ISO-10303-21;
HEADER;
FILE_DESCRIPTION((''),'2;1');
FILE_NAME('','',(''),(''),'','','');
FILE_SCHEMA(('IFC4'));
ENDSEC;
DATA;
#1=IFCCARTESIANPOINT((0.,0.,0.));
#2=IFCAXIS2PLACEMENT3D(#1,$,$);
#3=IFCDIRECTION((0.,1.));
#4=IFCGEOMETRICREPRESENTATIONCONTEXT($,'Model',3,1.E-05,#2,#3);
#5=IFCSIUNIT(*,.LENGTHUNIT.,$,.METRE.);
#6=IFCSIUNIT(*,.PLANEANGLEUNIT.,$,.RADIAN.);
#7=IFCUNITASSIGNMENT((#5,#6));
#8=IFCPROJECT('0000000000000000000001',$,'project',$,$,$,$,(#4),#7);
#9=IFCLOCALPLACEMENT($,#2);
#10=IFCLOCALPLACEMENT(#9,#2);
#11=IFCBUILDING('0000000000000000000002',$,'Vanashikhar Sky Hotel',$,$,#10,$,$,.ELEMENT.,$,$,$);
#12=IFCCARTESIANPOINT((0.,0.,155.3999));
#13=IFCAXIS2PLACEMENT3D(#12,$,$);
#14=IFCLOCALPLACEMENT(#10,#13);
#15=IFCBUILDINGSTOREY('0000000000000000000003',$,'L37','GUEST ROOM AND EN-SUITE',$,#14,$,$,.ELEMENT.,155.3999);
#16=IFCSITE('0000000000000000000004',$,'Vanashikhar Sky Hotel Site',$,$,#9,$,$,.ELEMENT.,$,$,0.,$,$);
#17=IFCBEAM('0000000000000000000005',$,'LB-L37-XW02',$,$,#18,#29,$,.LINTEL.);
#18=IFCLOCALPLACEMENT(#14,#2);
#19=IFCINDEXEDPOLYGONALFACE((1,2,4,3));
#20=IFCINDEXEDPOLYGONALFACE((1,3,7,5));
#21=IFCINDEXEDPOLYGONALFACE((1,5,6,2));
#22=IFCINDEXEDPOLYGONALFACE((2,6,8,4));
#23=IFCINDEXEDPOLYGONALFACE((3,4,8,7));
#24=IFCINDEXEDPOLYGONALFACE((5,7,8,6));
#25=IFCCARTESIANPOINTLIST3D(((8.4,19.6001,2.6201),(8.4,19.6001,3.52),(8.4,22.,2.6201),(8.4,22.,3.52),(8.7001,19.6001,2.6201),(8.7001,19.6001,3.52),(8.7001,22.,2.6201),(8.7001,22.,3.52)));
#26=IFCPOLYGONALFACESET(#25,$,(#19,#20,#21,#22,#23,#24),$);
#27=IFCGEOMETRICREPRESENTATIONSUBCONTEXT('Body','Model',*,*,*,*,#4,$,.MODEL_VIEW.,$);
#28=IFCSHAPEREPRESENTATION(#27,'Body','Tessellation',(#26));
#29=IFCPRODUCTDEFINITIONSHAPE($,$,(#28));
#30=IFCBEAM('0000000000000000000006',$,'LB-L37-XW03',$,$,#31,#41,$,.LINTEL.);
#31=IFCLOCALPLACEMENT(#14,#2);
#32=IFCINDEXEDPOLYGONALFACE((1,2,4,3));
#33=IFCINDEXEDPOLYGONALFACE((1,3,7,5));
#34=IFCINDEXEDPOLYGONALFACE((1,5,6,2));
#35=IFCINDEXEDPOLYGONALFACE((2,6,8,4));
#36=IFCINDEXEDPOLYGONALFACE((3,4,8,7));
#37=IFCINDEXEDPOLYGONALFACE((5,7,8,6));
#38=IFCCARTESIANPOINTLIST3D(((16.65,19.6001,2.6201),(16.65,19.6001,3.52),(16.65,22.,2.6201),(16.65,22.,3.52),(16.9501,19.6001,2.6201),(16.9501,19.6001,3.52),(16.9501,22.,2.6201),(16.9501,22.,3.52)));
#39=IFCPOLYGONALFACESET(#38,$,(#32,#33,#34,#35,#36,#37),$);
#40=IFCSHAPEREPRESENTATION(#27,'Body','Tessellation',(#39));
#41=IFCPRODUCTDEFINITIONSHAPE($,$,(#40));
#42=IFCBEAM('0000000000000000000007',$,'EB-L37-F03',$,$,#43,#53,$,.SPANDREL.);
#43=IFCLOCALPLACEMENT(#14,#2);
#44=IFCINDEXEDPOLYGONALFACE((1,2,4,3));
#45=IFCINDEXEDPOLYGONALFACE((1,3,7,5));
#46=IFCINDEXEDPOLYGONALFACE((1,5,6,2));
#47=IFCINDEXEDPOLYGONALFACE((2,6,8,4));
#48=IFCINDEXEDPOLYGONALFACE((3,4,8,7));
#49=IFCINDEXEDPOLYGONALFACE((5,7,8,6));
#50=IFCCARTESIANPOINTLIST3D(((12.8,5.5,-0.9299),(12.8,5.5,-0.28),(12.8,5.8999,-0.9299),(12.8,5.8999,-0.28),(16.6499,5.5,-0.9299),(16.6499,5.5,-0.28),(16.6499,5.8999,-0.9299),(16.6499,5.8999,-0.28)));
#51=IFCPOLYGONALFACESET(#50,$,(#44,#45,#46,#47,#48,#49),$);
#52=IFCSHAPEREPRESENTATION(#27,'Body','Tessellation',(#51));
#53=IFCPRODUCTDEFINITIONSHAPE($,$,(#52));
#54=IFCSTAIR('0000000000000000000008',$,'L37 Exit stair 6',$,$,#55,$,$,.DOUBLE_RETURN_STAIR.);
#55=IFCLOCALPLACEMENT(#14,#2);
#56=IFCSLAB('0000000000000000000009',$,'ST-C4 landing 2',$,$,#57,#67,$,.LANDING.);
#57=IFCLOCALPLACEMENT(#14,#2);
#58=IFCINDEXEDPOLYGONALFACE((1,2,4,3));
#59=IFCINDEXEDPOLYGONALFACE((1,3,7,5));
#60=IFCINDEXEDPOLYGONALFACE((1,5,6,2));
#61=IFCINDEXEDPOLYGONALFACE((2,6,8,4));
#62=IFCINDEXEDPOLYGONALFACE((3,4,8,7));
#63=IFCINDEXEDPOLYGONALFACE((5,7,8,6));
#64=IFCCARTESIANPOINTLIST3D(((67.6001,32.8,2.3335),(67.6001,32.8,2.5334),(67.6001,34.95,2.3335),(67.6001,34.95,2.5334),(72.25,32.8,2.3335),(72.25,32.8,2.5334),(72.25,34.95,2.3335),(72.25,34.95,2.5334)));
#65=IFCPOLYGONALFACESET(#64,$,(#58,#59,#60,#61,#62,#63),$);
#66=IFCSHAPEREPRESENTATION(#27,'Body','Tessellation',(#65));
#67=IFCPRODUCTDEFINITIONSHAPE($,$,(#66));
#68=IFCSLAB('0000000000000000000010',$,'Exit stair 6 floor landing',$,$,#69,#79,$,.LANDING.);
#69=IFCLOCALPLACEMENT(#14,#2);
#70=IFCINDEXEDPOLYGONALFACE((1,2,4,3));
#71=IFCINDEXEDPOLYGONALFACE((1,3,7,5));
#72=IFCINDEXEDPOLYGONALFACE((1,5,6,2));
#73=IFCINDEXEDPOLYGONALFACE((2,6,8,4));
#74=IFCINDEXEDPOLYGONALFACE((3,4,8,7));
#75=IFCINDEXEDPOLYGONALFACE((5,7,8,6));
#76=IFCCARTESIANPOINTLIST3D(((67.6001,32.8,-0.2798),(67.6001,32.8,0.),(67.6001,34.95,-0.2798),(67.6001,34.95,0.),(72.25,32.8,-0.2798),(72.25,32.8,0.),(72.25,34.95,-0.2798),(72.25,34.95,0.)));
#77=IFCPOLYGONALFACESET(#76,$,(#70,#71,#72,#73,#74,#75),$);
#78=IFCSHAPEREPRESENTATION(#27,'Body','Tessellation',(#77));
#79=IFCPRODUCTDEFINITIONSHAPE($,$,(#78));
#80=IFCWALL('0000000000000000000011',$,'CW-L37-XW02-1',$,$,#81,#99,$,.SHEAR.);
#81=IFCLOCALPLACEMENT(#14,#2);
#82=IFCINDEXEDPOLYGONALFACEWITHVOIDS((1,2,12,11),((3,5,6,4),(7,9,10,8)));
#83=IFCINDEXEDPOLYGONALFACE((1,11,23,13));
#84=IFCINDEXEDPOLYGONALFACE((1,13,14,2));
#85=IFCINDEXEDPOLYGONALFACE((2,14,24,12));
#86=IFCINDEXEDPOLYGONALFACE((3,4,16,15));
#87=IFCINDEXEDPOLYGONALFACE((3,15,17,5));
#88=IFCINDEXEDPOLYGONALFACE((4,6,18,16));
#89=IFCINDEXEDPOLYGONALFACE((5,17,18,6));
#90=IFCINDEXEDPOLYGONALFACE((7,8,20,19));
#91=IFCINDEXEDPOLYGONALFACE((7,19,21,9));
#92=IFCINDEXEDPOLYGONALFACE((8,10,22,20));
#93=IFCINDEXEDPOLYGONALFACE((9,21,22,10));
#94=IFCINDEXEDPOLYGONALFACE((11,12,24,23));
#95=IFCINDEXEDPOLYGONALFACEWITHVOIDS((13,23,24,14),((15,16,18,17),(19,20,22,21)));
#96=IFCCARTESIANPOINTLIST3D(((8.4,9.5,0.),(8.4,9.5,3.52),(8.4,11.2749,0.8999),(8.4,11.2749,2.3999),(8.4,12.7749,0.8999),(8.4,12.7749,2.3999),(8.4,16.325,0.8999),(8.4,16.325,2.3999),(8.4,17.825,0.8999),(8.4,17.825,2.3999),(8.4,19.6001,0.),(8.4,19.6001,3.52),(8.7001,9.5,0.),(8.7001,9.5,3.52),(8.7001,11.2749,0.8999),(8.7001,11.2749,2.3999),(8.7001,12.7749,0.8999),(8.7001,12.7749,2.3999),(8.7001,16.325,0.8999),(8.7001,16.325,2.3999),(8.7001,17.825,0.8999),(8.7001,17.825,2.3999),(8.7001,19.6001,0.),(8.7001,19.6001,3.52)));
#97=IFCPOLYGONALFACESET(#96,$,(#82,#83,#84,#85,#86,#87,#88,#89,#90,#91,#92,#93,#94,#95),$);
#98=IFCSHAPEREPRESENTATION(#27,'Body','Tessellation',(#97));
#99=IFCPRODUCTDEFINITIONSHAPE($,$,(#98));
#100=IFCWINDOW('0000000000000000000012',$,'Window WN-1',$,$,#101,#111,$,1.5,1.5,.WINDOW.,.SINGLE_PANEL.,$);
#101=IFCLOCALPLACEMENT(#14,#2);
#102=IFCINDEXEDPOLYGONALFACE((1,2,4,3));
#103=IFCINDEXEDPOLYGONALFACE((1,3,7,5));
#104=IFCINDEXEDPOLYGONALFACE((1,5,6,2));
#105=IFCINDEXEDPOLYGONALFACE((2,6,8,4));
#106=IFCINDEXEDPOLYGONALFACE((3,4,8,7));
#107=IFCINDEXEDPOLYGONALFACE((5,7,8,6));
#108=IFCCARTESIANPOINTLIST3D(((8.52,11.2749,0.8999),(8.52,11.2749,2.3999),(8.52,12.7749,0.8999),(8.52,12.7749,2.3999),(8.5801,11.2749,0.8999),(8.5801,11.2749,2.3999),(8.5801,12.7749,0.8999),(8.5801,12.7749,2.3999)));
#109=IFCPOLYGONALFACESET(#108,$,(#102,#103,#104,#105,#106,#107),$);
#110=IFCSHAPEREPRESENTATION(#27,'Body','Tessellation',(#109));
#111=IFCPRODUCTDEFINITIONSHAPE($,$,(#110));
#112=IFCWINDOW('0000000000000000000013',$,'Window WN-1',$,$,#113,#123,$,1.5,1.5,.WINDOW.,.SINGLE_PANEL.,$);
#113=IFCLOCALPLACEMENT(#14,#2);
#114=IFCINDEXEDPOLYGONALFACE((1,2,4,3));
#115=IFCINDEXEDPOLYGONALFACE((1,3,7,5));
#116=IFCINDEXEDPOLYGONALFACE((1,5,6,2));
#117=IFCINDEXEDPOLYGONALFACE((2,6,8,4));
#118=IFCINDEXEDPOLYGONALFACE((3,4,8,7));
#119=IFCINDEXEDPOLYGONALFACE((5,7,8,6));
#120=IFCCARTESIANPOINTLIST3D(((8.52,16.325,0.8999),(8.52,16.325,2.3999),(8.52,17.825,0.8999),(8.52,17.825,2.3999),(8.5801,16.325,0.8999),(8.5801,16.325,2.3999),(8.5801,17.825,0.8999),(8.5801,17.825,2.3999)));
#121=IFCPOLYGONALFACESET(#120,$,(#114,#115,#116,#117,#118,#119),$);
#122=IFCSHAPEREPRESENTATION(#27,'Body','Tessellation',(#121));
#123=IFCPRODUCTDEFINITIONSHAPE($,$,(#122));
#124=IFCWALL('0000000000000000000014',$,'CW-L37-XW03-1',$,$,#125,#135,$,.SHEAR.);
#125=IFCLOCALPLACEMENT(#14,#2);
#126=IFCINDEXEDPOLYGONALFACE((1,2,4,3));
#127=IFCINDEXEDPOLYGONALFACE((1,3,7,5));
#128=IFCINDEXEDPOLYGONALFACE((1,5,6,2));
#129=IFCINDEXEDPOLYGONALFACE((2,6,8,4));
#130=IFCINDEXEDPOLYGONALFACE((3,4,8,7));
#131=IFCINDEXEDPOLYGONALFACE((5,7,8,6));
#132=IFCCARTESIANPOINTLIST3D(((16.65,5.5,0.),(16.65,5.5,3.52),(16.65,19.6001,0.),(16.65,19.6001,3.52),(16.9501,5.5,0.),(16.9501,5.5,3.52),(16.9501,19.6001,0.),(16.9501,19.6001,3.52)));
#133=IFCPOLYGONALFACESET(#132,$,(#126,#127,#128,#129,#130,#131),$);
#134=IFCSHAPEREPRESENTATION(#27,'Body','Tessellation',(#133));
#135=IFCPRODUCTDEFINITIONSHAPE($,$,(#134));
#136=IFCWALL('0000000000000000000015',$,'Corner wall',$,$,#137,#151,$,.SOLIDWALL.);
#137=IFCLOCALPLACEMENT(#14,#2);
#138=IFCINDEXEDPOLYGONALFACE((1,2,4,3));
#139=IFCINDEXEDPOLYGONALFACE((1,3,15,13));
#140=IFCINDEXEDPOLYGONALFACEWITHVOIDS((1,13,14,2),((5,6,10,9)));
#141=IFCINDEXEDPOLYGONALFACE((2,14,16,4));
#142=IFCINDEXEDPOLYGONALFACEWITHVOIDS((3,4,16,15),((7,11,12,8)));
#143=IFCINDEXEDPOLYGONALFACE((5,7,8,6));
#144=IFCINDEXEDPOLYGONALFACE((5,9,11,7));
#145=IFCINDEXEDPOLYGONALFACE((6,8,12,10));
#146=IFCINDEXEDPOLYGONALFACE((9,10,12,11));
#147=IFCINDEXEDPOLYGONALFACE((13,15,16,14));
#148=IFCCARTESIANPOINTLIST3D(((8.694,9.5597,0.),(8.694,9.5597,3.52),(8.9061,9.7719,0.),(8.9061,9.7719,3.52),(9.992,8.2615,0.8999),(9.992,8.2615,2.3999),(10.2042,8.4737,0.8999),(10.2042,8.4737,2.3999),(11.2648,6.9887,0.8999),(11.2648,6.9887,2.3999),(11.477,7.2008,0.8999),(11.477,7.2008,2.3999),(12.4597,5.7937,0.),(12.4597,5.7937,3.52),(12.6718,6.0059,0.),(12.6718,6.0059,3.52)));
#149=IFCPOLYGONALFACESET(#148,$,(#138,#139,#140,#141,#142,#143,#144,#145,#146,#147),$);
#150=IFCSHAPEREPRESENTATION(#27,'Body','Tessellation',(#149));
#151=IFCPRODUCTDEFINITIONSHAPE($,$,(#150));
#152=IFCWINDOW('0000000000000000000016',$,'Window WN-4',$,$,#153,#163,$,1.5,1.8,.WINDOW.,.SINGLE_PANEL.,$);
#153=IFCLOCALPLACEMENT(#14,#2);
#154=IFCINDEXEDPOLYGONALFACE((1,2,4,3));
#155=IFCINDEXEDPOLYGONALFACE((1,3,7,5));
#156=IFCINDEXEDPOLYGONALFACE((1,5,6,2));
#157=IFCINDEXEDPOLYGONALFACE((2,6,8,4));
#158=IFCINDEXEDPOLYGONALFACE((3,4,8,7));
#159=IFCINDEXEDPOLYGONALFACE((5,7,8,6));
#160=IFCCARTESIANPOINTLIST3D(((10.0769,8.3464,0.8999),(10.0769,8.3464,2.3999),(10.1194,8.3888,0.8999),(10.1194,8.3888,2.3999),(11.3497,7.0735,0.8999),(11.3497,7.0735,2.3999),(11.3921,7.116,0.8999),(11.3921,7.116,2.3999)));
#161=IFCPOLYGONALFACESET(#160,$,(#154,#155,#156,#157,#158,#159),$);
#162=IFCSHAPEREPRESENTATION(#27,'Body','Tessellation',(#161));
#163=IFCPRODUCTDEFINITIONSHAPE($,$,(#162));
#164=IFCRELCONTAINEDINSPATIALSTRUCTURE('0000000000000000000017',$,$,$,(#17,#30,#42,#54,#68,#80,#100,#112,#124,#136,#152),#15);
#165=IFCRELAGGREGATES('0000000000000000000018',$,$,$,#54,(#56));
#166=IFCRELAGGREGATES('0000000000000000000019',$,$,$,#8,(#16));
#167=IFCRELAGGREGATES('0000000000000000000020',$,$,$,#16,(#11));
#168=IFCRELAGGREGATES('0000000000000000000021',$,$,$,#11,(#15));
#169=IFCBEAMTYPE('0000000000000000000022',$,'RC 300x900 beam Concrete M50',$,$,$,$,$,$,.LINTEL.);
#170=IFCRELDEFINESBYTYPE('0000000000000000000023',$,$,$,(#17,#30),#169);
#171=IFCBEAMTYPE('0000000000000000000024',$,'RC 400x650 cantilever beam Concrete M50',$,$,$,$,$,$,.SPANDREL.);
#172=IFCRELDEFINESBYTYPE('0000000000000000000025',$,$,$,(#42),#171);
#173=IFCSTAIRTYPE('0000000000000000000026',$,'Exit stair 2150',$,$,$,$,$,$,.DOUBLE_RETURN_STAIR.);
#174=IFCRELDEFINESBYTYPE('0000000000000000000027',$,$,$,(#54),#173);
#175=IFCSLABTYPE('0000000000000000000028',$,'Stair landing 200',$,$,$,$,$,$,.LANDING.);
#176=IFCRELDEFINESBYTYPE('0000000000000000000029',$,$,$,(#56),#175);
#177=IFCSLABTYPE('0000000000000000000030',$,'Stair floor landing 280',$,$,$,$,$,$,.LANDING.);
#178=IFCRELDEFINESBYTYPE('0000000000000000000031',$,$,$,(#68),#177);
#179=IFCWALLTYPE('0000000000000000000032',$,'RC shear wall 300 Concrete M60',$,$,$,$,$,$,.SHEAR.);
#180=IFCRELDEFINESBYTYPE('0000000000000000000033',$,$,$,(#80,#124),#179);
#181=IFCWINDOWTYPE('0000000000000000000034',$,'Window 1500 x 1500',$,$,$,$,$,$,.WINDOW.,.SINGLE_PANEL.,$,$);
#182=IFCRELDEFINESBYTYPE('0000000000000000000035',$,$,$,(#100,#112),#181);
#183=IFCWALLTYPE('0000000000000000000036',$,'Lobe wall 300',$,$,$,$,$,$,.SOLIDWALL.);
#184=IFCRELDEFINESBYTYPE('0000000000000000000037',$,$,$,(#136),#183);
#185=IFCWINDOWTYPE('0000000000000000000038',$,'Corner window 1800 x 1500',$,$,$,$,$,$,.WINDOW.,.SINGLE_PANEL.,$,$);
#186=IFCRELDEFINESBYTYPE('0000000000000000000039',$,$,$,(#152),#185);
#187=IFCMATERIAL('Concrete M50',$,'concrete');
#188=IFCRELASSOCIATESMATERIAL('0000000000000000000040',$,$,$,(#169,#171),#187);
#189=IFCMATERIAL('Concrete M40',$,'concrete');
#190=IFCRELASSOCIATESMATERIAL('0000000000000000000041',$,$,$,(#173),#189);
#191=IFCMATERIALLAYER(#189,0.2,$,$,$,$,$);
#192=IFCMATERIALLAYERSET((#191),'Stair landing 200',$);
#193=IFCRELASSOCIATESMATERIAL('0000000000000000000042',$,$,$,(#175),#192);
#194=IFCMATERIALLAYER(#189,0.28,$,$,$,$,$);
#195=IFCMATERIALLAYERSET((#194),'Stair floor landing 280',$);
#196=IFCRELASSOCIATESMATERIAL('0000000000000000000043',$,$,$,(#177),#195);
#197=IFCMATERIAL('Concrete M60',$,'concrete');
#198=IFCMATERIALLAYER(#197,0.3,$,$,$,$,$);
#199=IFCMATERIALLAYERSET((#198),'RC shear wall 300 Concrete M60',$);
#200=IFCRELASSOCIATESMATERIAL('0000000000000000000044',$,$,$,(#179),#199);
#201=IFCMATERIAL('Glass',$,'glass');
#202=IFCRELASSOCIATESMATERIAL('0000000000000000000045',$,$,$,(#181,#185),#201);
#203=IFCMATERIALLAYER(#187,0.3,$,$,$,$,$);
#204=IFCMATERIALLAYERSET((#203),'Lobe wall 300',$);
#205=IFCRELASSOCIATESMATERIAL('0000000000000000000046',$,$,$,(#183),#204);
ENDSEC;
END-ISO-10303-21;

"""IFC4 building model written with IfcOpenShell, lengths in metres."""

from ifc_helpers import new_model, si_unit, direction, frame, frame_2d, origin, origin_2d, place, context, subcontext, project, spatial, polyline, rectangle, outline, extrude, source, transform, mapped, material, layer, layer_set, material_profile, profile_set, type_object, element, fill, aggregate, save


model = new_model("IFC4")

# Units and contexts
model_context = context("Model", 3, precision=1e-05, world=origin(), true_north=direction((0.0, 1.0)))
body_context = subcontext(model_context, "Body", "Model", "MODEL_VIEW")
ifc_project = project(units=[si_unit("LENGTHUNIT", "METRE"), si_unit("PLANEANGLEUNIT", "RADIAN")], contexts=[model_context])

# Site, building, storey
site_placement = place(None, origin())
site = spatial("IfcSite", under=ifc_project, at=site_placement, Name="Vanashikhar Sky Hotel Site", CompositionType="ELEMENT", RefElevation=0.0)
building_placement = place(site_placement, origin())
building = spatial("IfcBuilding", under=site, at=building_placement, Name="Vanashikhar Sky Hotel", CompositionType="ELEMENT")
storey_placement = place(building_placement, frame((0.0, 0.0, 155.3999)))
storey = spatial("IfcBuildingStorey", under=building, at=storey_placement, Name="L37", Description="GUEST ROOM AND EN-SUITE", CompositionType="ELEMENT", Elevation=155.3999)

# Beams
ifc_material_1 = material(Name="Concrete M50", Category="concrete")
ifc_material_profile_1 = material_profile(ifc_material_1, rectangle(XDim=0.3, YDim=0.8999, at=origin_2d()))
ifc_profile_set_1 = profile_set([ifc_material_profile_1], Name="RC 300x900 beam Concrete M50")
beam_type_1 = type_object("IfcBeamType", Name="RC 300x900 beam Concrete M50", PredefinedType="LINTEL", material=ifc_profile_set_1)
shared_shape_1 = source(origin(), body_context, "Body", "SweptSolid", [
    extrude(rectangle(XDim=0.3, YDim=0.8999, at=origin_2d()), origin(), (0.0, 0.0, 1.0), 2.3999),
])
for number, where, z_axis, x_axis, name in (
    (1, (8.55, 19.6001, 3.0701), (0.0, 1.0, 0.0), (-1.0, 0.0, 0.0), "LB-L37-XW02"),
    (2, (16.8, 19.6001, 3.0701), (0.0, 1.0, 0.0), (-1.0, 0.0, 0.0), "LB-L37-XW03"),
):
    element("IfcBeam", number, at=place(storey_placement, frame(where, z_axis=z_axis, x_axis=x_axis)), inside=storey, type_object=beam_type_1, Name=name, PredefinedType="LINTEL", context=body_context, shape_type="MappedRepresentation", body=[
        mapped(shared_shape_1, transform((0.0, 0.0, 0.0), scale=1.0)),
    ])
ifc_material_profile_2 = material_profile(ifc_material_1, rectangle(XDim=0.3999, YDim=0.6499, at=origin_2d()))
ifc_profile_set_2 = profile_set([ifc_material_profile_2], Name="RC 400x650 cantilever beam Concrete M50")
beam_type_2 = type_object("IfcBeamType", Name="RC 400x650 cantilever beam Concrete M50", PredefinedType="SPANDREL", material=ifc_profile_set_2)
shared_shape_2 = source(origin(), body_context, "Body", "SweptSolid", [
    extrude(rectangle(XDim=0.3999, YDim=0.6499, at=origin_2d()), origin(), (0.0, 0.0, 1.0), 3.8499),
])
beam_placement = place(storey_placement, frame((12.8, 5.7, -0.605), z_axis=(1.0, 0.0, 0.0), x_axis=(0.0, 1.0, 0.0)))
element("IfcBeam", 3, at=beam_placement, inside=storey, type_object=beam_type_2, Name="EB-L37-F03", PredefinedType="SPANDREL", context=body_context, shape_type="MappedRepresentation", body=[
    mapped(shared_shape_2, transform((0.0, 0.0, 0.0), scale=1.0)),
])

# Stair, slab
ifc_material_2 = material(Name="Concrete M40", Category="concrete")
stair_type = type_object("IfcStairType", Name="Exit stair 2150", PredefinedType="DOUBLE_RETURN_STAIR", material=ifc_material_2)
stair_placement = place(storey_placement, origin())
stair = element("IfcStair", 4, at=stair_placement, inside=storey, type_object=stair_type, Name="L37 Exit stair 6", PredefinedType="DOUBLE_RETURN_STAIR")
ifc_layer_1 = layer(ifc_material_2, 0.2)
ifc_layer_set_1 = layer_set([ifc_layer_1], Name="Stair landing 200")
slab_type_1 = type_object("IfcSlabType", Name="Stair landing 200", PredefinedType="LANDING", material=ifc_layer_set_1)
shared_shape_3 = source(origin(), body_context, "Body", "SweptSolid", [
    extrude(outline(polyline([(72.25, 32.8), (72.25, 34.95), (67.6001, 34.95), (67.6001, 32.8), (72.25, 32.8)])), origin(), (0.0, 0.0, 1.0), 0.2),
])
slab_1_placement = place(storey_placement, frame((0.0, 0.0, 2.3335)))
slab_1 = element("IfcSlab", 5, at=slab_1_placement, type_object=slab_type_1, Name="ST-C4 landing 2", PredefinedType="LANDING", context=body_context, shape_type="MappedRepresentation", body=[
    mapped(shared_shape_3, transform((0.0, 0.0, 0.0), scale=1.0)),
])
aggregate(stair, [slab_1])

# Slab
ifc_layer_2 = layer(ifc_material_2, 0.28)
ifc_layer_set_2 = layer_set([ifc_layer_2], Name="Stair floor landing 280")
slab_type_2 = type_object("IfcSlabType", Name="Stair floor landing 280", PredefinedType="LANDING", material=ifc_layer_set_2)
shared_shape_4 = source(origin(), body_context, "Body", "SweptSolid", [
    extrude(outline(polyline([(72.25, 32.8), (72.25, 34.95), (67.6001, 34.95), (67.6001, 32.8), (72.25, 32.8)])), origin(), (0.0, 0.0, 1.0), 0.2798),
])
slab_2_placement = place(storey_placement, frame((0.0, 0.0, -0.2798)))
element("IfcSlab", 6, at=slab_2_placement, inside=storey, type_object=slab_type_2, Name="Exit stair 6 floor landing", PredefinedType="LANDING", context=body_context, shape_type="MappedRepresentation", body=[
    mapped(shared_shape_4, transform((0.0, 0.0, 0.0), scale=1.0)),
])

# Wall, openings, windows
ifc_material_3 = material(Name="Concrete M60", Category="concrete")
ifc_layer_3 = layer(ifc_material_3, 0.3)
ifc_layer_set_3 = layer_set([ifc_layer_3], Name="RC shear wall 300 Concrete M60")
wall_type_1 = type_object("IfcWallType", Name="RC shear wall 300 Concrete M60", PredefinedType="SHEAR", material=ifc_layer_set_3)
shared_shape_5 = source(origin(), body_context, "Body", "SweptSolid", [
    extrude(rectangle(XDim=10.1001, YDim=0.3, at=frame_2d((5.05, 0.0))), origin(), (0.0, 0.0, 1.0), 3.52),
])
wall_1_placement = place(storey_placement, frame((8.55, 9.5, 0.0), z_axis=(0.0, 0.0, 1.0), x_axis=(0.0, 1.0, 0.0)))
wall_1 = element("IfcWall", 7, at=wall_1_placement, inside=storey, type_object=wall_type_1, Name="CW-L37-XW02-1", PredefinedType="SHEAR", context=body_context, shape_type="MappedRepresentation", body=[
    mapped(shared_shape_5, transform((0.0, 0.0, 0.0), scale=1.0)),
])
shared_shape_6 = source(origin(), body_context, "Body", "SweptSolid", [
    extrude(rectangle(XDim=1.5, YDim=1.5, at=frame_2d((0.75, 0.75))), frame((0.0, 0.1602, 0.0), z_axis=(0.0, -1.0, 0.0), x_axis=(1.0, 0.0, 0.0)), (0.0, 0.0, 1.0), 0.3201),
])
opening_1_placement = place(wall_1_placement, frame((1.7749, 0.0, 0.8999)))
opening_1 = element("IfcOpeningElement", 8, at=opening_1_placement, cuts=wall_1, PredefinedType="OPENING", context=body_context, shape_type="MappedRepresentation", body=[
    mapped(shared_shape_6, transform((0.0, 0.0, 0.0), scale=1.0)),
])
opening_2_placement = place(wall_1_placement, frame((6.825, 0.0, 0.8999)))
opening_2 = element("IfcOpeningElement", 9, at=opening_2_placement, cuts=wall_1, PredefinedType="OPENING", context=body_context, shape_type="MappedRepresentation", body=[
    mapped(shared_shape_6, transform((0.0, 0.0, 0.0), scale=1.0)),
])
ifc_material_4 = material(Name="Glass", Category="glass")
window_type_1 = type_object("IfcWindowType", Name="Window 1500 x 1500", PartitioningType="SINGLE_PANEL", PredefinedType="WINDOW", material=ifc_material_4)
shared_shape_7 = source(origin(), body_context, "Body", "SweptSolid", [
    extrude(rectangle(XDim=1.5, YDim=1.5, at=frame_2d((0.75, 0.75))), frame((0.0, 0.03, 0.0), z_axis=(0.0, -1.0, 0.0), x_axis=(1.0, 0.0, 0.0)), (0.0, 0.0, 1.0), 0.0601),
])
window_1_placement = place(opening_1_placement, origin())
window_1 = element("IfcWindow", 10, at=window_1_placement, inside=storey, type_object=window_type_1, Name="Window WN-1", OverallHeight=1.5, OverallWidth=1.5, PartitioningType="SINGLE_PANEL", PredefinedType="WINDOW", context=body_context, shape_type="MappedRepresentation", body=[
    mapped(shared_shape_7, transform((0.0, 0.0, 0.0), scale=1.0)),
])
fill(opening_1, window_1)
window_2_placement = place(opening_2_placement, origin())
window_2 = element("IfcWindow", 11, at=window_2_placement, inside=storey, type_object=window_type_1, Name="Window WN-1", OverallHeight=1.5, OverallWidth=1.5, PartitioningType="SINGLE_PANEL", PredefinedType="WINDOW", context=body_context, shape_type="MappedRepresentation", body=[
    mapped(shared_shape_7, transform((0.0, 0.0, 0.0), scale=1.0)),
])
fill(opening_2, window_2)

# Wall
shared_shape_8 = source(origin(), body_context, "Body", "SweptSolid", [
    extrude(rectangle(XDim=14.1001, YDim=0.3, at=frame_2d((7.05, 0.0))), origin(), (0.0, 0.0, 1.0), 3.52),
])
wall_2_placement = place(storey_placement, frame((16.8, 5.5, 0.0), z_axis=(0.0, 0.0, 1.0), x_axis=(0.0, 1.0, 0.0)))
element("IfcWall", 12, at=wall_2_placement, inside=storey, type_object=wall_type_1, Name="CW-L37-XW03-1", PredefinedType="SHEAR", context=body_context, shape_type="MappedRepresentation", body=[
    mapped(shared_shape_8, transform((0.0, 0.0, 0.0), scale=1.0)),
])

# Wall, opening, window
ifc_layer_4 = layer(ifc_material_1, 0.3)
ifc_layer_set_4 = layer_set([ifc_layer_4], Name="Lobe wall 300")
wall_type_2 = type_object("IfcWallType", Name="Lobe wall 300", PredefinedType="SOLIDWALL", material=ifc_layer_set_4)
shared_shape_9 = source(origin(), body_context, "Body", "SweptSolid", [
    extrude(rectangle(XDim=5.3257, YDim=0.3, at=frame_2d((2.6628, 0.0))), origin(), (0.0, 0.0, 1.0), 3.52),
])
wall_3_placement = place(storey_placement, frame((8.8, 9.6658, 0.0), z_axis=(0.0, 0.0, 1.0), x_axis=(0.707084, -0.70713, 0.0)))
wall_3 = element("IfcWall", 13, at=wall_3_placement, inside=storey, type_object=wall_type_2, Name="Corner wall", PredefinedType="SOLIDWALL", context=body_context, shape_type="MappedRepresentation", body=[
    mapped(shared_shape_9, transform((0.0, 0.0, 0.0), scale=1.0)),
])
shared_shape_10 = source(origin(), body_context, "Body", "SweptSolid", [
    extrude(rectangle(XDim=1.8, YDim=1.5, at=frame_2d((0.8999, 0.75))), frame((0.0, 0.1602, 0.0), z_axis=(0.0, -1.0, 0.0), x_axis=(1.0, 0.0, 0.0)), (0.0, 0.0, 1.0), 0.3201),
])
opening_3_placement = place(wall_3_placement, frame((1.8359, 0.0, 0.8999)))
opening_3 = element("IfcOpeningElement", 14, at=opening_3_placement, cuts=wall_3, PredefinedType="OPENING", context=body_context, shape_type="MappedRepresentation", body=[
    mapped(shared_shape_10, transform((0.0, 0.0, 0.0), scale=1.0)),
])
window_type_2 = type_object("IfcWindowType", Name="Corner window 1800 x 1500", PartitioningType="SINGLE_PANEL", PredefinedType="WINDOW", material=ifc_material_4)
shared_shape_11 = source(origin(), body_context, "Body", "SweptSolid", [
    extrude(rectangle(XDim=1.8, YDim=1.5, at=frame_2d((0.8999, 0.75))), frame((0.0, 0.03, 0.0), z_axis=(0.0, -1.0, 0.0), x_axis=(1.0, 0.0, 0.0)), (0.0, 0.0, 1.0), 0.0601),
])
window_3_placement = place(opening_3_placement, origin())
window_3 = element("IfcWindow", 15, at=window_3_placement, inside=storey, type_object=window_type_2, Name="Window WN-4", OverallHeight=1.5, OverallWidth=1.8, PartitioningType="SINGLE_PANEL", PredefinedType="WINDOW", context=body_context, shape_type="MappedRepresentation", body=[
    mapped(shared_shape_11, transform((0.0, 0.0, 0.0), scale=1.0)),
])
fill(opening_3, window_3)

save(model, "model.ifc")
